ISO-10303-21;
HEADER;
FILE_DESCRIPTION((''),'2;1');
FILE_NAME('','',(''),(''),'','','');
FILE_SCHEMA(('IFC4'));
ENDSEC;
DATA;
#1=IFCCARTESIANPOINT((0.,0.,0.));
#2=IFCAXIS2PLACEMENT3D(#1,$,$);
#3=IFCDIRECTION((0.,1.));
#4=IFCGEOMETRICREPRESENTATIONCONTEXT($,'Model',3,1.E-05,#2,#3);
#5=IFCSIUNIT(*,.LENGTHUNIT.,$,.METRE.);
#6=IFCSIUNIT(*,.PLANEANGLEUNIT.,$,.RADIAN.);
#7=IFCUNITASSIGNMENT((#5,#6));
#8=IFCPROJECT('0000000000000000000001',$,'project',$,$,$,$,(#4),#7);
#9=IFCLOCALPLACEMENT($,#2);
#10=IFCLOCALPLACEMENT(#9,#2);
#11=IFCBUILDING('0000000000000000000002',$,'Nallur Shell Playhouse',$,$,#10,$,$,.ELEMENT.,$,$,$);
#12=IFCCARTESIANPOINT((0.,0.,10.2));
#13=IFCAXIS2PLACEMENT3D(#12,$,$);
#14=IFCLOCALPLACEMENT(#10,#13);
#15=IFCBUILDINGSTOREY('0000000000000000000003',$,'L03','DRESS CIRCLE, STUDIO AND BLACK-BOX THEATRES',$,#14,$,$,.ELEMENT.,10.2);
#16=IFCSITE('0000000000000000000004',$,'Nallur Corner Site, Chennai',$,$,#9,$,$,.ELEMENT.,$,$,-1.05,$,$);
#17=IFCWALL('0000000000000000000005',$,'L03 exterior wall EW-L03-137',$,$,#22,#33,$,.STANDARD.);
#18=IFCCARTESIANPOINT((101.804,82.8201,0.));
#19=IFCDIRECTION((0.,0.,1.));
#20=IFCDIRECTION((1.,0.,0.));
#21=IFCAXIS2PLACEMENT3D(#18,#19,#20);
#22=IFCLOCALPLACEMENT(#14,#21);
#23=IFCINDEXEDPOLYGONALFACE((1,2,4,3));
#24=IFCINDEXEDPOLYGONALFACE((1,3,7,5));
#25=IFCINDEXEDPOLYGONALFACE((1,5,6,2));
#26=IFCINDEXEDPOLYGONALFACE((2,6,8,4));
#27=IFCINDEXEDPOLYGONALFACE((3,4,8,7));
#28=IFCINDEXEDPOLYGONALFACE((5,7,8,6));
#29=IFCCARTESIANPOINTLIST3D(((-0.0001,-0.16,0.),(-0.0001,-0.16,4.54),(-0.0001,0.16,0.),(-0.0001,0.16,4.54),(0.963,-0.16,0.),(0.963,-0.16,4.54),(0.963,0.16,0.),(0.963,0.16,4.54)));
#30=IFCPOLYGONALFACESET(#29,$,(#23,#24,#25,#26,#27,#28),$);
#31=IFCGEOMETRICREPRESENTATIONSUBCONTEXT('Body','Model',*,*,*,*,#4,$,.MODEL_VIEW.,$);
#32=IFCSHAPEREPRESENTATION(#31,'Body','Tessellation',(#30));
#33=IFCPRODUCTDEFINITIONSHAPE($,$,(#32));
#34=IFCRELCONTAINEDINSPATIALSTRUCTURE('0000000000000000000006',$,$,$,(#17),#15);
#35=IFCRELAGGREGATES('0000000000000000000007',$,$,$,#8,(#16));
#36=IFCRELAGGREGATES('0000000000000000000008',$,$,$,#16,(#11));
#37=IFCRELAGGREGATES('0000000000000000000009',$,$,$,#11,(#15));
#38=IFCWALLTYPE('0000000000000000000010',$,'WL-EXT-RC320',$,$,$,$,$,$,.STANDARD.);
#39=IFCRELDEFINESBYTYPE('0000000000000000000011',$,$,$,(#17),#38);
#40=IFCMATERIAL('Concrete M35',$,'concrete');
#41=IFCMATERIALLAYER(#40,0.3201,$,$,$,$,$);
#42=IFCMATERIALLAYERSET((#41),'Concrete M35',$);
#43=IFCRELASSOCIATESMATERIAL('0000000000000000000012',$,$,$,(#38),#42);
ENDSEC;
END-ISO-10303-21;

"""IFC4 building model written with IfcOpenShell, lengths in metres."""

from ifc_helpers import new_model, si_unit, direction, frame, frame_2d, origin, place, context, subcontext, project, spatial, rectangle, extrude, material, layer, layer_set, type_object, element, save


model = new_model("IFC4")

# Units and contexts
model_context = context("Model", 3, precision=1e-05, world=origin(), true_north=direction((0.0, 1.0)))
body_context = subcontext(model_context, "Body", "Model", "MODEL_VIEW")
ifc_project = project(units=[si_unit("LENGTHUNIT", "METRE"), si_unit("PLANEANGLEUNIT", "RADIAN")], contexts=[model_context])

# Site, building, storey
site_placement = place(None, origin())
site = spatial("IfcSite", under=ifc_project, at=site_placement, Name="Nallur Corner Site, Chennai", CompositionType="ELEMENT", RefElevation=-1.05)
building_placement = place(site_placement, origin())
building = spatial("IfcBuilding", under=site, at=building_placement, Name="Nallur Shell Playhouse", CompositionType="ELEMENT")
storey_placement = place(building_placement, frame((0.0, 0.0, 10.2)))
storey = spatial("IfcBuildingStorey", under=building, at=storey_placement, Name="L03", Description="DRESS CIRCLE, STUDIO AND BLACK-BOX THEATRES", CompositionType="ELEMENT", Elevation=10.2)

# Shared definitions
ifc_material_1 = material(Name="Concrete M35", Category="concrete")

# Wall
ifc_layer_1 = layer(ifc_material_1, 0.3201)
ifc_layer_set_1 = layer_set([ifc_layer_1], Name="Concrete M35")
wall_type_1 = type_object("IfcWallType", Name="WL-EXT-RC320", PredefinedType="STANDARD", material=ifc_layer_set_1)
wall_1_placement = place(storey_placement, frame((101.804, 82.8201, 0.0), z_axis=(0.0, 0.0, 1.0), x_axis=(1.0, 0.0, 0.0)))
element("IfcWall", 1, at=wall_1_placement, inside=storey, type_object=wall_type_1, Name="L03 exterior wall EW-L03-137", PredefinedType="STANDARD", context=body_context, shape_type="SweptSolid", body=[
    extrude(rectangle(XDim=0.9631, YDim=0.3201, at=frame_2d((0.4814, 0.0))), origin(), (0.0, 0.0, 1.0), 4.54),
])

save(model, "model.ifc")
